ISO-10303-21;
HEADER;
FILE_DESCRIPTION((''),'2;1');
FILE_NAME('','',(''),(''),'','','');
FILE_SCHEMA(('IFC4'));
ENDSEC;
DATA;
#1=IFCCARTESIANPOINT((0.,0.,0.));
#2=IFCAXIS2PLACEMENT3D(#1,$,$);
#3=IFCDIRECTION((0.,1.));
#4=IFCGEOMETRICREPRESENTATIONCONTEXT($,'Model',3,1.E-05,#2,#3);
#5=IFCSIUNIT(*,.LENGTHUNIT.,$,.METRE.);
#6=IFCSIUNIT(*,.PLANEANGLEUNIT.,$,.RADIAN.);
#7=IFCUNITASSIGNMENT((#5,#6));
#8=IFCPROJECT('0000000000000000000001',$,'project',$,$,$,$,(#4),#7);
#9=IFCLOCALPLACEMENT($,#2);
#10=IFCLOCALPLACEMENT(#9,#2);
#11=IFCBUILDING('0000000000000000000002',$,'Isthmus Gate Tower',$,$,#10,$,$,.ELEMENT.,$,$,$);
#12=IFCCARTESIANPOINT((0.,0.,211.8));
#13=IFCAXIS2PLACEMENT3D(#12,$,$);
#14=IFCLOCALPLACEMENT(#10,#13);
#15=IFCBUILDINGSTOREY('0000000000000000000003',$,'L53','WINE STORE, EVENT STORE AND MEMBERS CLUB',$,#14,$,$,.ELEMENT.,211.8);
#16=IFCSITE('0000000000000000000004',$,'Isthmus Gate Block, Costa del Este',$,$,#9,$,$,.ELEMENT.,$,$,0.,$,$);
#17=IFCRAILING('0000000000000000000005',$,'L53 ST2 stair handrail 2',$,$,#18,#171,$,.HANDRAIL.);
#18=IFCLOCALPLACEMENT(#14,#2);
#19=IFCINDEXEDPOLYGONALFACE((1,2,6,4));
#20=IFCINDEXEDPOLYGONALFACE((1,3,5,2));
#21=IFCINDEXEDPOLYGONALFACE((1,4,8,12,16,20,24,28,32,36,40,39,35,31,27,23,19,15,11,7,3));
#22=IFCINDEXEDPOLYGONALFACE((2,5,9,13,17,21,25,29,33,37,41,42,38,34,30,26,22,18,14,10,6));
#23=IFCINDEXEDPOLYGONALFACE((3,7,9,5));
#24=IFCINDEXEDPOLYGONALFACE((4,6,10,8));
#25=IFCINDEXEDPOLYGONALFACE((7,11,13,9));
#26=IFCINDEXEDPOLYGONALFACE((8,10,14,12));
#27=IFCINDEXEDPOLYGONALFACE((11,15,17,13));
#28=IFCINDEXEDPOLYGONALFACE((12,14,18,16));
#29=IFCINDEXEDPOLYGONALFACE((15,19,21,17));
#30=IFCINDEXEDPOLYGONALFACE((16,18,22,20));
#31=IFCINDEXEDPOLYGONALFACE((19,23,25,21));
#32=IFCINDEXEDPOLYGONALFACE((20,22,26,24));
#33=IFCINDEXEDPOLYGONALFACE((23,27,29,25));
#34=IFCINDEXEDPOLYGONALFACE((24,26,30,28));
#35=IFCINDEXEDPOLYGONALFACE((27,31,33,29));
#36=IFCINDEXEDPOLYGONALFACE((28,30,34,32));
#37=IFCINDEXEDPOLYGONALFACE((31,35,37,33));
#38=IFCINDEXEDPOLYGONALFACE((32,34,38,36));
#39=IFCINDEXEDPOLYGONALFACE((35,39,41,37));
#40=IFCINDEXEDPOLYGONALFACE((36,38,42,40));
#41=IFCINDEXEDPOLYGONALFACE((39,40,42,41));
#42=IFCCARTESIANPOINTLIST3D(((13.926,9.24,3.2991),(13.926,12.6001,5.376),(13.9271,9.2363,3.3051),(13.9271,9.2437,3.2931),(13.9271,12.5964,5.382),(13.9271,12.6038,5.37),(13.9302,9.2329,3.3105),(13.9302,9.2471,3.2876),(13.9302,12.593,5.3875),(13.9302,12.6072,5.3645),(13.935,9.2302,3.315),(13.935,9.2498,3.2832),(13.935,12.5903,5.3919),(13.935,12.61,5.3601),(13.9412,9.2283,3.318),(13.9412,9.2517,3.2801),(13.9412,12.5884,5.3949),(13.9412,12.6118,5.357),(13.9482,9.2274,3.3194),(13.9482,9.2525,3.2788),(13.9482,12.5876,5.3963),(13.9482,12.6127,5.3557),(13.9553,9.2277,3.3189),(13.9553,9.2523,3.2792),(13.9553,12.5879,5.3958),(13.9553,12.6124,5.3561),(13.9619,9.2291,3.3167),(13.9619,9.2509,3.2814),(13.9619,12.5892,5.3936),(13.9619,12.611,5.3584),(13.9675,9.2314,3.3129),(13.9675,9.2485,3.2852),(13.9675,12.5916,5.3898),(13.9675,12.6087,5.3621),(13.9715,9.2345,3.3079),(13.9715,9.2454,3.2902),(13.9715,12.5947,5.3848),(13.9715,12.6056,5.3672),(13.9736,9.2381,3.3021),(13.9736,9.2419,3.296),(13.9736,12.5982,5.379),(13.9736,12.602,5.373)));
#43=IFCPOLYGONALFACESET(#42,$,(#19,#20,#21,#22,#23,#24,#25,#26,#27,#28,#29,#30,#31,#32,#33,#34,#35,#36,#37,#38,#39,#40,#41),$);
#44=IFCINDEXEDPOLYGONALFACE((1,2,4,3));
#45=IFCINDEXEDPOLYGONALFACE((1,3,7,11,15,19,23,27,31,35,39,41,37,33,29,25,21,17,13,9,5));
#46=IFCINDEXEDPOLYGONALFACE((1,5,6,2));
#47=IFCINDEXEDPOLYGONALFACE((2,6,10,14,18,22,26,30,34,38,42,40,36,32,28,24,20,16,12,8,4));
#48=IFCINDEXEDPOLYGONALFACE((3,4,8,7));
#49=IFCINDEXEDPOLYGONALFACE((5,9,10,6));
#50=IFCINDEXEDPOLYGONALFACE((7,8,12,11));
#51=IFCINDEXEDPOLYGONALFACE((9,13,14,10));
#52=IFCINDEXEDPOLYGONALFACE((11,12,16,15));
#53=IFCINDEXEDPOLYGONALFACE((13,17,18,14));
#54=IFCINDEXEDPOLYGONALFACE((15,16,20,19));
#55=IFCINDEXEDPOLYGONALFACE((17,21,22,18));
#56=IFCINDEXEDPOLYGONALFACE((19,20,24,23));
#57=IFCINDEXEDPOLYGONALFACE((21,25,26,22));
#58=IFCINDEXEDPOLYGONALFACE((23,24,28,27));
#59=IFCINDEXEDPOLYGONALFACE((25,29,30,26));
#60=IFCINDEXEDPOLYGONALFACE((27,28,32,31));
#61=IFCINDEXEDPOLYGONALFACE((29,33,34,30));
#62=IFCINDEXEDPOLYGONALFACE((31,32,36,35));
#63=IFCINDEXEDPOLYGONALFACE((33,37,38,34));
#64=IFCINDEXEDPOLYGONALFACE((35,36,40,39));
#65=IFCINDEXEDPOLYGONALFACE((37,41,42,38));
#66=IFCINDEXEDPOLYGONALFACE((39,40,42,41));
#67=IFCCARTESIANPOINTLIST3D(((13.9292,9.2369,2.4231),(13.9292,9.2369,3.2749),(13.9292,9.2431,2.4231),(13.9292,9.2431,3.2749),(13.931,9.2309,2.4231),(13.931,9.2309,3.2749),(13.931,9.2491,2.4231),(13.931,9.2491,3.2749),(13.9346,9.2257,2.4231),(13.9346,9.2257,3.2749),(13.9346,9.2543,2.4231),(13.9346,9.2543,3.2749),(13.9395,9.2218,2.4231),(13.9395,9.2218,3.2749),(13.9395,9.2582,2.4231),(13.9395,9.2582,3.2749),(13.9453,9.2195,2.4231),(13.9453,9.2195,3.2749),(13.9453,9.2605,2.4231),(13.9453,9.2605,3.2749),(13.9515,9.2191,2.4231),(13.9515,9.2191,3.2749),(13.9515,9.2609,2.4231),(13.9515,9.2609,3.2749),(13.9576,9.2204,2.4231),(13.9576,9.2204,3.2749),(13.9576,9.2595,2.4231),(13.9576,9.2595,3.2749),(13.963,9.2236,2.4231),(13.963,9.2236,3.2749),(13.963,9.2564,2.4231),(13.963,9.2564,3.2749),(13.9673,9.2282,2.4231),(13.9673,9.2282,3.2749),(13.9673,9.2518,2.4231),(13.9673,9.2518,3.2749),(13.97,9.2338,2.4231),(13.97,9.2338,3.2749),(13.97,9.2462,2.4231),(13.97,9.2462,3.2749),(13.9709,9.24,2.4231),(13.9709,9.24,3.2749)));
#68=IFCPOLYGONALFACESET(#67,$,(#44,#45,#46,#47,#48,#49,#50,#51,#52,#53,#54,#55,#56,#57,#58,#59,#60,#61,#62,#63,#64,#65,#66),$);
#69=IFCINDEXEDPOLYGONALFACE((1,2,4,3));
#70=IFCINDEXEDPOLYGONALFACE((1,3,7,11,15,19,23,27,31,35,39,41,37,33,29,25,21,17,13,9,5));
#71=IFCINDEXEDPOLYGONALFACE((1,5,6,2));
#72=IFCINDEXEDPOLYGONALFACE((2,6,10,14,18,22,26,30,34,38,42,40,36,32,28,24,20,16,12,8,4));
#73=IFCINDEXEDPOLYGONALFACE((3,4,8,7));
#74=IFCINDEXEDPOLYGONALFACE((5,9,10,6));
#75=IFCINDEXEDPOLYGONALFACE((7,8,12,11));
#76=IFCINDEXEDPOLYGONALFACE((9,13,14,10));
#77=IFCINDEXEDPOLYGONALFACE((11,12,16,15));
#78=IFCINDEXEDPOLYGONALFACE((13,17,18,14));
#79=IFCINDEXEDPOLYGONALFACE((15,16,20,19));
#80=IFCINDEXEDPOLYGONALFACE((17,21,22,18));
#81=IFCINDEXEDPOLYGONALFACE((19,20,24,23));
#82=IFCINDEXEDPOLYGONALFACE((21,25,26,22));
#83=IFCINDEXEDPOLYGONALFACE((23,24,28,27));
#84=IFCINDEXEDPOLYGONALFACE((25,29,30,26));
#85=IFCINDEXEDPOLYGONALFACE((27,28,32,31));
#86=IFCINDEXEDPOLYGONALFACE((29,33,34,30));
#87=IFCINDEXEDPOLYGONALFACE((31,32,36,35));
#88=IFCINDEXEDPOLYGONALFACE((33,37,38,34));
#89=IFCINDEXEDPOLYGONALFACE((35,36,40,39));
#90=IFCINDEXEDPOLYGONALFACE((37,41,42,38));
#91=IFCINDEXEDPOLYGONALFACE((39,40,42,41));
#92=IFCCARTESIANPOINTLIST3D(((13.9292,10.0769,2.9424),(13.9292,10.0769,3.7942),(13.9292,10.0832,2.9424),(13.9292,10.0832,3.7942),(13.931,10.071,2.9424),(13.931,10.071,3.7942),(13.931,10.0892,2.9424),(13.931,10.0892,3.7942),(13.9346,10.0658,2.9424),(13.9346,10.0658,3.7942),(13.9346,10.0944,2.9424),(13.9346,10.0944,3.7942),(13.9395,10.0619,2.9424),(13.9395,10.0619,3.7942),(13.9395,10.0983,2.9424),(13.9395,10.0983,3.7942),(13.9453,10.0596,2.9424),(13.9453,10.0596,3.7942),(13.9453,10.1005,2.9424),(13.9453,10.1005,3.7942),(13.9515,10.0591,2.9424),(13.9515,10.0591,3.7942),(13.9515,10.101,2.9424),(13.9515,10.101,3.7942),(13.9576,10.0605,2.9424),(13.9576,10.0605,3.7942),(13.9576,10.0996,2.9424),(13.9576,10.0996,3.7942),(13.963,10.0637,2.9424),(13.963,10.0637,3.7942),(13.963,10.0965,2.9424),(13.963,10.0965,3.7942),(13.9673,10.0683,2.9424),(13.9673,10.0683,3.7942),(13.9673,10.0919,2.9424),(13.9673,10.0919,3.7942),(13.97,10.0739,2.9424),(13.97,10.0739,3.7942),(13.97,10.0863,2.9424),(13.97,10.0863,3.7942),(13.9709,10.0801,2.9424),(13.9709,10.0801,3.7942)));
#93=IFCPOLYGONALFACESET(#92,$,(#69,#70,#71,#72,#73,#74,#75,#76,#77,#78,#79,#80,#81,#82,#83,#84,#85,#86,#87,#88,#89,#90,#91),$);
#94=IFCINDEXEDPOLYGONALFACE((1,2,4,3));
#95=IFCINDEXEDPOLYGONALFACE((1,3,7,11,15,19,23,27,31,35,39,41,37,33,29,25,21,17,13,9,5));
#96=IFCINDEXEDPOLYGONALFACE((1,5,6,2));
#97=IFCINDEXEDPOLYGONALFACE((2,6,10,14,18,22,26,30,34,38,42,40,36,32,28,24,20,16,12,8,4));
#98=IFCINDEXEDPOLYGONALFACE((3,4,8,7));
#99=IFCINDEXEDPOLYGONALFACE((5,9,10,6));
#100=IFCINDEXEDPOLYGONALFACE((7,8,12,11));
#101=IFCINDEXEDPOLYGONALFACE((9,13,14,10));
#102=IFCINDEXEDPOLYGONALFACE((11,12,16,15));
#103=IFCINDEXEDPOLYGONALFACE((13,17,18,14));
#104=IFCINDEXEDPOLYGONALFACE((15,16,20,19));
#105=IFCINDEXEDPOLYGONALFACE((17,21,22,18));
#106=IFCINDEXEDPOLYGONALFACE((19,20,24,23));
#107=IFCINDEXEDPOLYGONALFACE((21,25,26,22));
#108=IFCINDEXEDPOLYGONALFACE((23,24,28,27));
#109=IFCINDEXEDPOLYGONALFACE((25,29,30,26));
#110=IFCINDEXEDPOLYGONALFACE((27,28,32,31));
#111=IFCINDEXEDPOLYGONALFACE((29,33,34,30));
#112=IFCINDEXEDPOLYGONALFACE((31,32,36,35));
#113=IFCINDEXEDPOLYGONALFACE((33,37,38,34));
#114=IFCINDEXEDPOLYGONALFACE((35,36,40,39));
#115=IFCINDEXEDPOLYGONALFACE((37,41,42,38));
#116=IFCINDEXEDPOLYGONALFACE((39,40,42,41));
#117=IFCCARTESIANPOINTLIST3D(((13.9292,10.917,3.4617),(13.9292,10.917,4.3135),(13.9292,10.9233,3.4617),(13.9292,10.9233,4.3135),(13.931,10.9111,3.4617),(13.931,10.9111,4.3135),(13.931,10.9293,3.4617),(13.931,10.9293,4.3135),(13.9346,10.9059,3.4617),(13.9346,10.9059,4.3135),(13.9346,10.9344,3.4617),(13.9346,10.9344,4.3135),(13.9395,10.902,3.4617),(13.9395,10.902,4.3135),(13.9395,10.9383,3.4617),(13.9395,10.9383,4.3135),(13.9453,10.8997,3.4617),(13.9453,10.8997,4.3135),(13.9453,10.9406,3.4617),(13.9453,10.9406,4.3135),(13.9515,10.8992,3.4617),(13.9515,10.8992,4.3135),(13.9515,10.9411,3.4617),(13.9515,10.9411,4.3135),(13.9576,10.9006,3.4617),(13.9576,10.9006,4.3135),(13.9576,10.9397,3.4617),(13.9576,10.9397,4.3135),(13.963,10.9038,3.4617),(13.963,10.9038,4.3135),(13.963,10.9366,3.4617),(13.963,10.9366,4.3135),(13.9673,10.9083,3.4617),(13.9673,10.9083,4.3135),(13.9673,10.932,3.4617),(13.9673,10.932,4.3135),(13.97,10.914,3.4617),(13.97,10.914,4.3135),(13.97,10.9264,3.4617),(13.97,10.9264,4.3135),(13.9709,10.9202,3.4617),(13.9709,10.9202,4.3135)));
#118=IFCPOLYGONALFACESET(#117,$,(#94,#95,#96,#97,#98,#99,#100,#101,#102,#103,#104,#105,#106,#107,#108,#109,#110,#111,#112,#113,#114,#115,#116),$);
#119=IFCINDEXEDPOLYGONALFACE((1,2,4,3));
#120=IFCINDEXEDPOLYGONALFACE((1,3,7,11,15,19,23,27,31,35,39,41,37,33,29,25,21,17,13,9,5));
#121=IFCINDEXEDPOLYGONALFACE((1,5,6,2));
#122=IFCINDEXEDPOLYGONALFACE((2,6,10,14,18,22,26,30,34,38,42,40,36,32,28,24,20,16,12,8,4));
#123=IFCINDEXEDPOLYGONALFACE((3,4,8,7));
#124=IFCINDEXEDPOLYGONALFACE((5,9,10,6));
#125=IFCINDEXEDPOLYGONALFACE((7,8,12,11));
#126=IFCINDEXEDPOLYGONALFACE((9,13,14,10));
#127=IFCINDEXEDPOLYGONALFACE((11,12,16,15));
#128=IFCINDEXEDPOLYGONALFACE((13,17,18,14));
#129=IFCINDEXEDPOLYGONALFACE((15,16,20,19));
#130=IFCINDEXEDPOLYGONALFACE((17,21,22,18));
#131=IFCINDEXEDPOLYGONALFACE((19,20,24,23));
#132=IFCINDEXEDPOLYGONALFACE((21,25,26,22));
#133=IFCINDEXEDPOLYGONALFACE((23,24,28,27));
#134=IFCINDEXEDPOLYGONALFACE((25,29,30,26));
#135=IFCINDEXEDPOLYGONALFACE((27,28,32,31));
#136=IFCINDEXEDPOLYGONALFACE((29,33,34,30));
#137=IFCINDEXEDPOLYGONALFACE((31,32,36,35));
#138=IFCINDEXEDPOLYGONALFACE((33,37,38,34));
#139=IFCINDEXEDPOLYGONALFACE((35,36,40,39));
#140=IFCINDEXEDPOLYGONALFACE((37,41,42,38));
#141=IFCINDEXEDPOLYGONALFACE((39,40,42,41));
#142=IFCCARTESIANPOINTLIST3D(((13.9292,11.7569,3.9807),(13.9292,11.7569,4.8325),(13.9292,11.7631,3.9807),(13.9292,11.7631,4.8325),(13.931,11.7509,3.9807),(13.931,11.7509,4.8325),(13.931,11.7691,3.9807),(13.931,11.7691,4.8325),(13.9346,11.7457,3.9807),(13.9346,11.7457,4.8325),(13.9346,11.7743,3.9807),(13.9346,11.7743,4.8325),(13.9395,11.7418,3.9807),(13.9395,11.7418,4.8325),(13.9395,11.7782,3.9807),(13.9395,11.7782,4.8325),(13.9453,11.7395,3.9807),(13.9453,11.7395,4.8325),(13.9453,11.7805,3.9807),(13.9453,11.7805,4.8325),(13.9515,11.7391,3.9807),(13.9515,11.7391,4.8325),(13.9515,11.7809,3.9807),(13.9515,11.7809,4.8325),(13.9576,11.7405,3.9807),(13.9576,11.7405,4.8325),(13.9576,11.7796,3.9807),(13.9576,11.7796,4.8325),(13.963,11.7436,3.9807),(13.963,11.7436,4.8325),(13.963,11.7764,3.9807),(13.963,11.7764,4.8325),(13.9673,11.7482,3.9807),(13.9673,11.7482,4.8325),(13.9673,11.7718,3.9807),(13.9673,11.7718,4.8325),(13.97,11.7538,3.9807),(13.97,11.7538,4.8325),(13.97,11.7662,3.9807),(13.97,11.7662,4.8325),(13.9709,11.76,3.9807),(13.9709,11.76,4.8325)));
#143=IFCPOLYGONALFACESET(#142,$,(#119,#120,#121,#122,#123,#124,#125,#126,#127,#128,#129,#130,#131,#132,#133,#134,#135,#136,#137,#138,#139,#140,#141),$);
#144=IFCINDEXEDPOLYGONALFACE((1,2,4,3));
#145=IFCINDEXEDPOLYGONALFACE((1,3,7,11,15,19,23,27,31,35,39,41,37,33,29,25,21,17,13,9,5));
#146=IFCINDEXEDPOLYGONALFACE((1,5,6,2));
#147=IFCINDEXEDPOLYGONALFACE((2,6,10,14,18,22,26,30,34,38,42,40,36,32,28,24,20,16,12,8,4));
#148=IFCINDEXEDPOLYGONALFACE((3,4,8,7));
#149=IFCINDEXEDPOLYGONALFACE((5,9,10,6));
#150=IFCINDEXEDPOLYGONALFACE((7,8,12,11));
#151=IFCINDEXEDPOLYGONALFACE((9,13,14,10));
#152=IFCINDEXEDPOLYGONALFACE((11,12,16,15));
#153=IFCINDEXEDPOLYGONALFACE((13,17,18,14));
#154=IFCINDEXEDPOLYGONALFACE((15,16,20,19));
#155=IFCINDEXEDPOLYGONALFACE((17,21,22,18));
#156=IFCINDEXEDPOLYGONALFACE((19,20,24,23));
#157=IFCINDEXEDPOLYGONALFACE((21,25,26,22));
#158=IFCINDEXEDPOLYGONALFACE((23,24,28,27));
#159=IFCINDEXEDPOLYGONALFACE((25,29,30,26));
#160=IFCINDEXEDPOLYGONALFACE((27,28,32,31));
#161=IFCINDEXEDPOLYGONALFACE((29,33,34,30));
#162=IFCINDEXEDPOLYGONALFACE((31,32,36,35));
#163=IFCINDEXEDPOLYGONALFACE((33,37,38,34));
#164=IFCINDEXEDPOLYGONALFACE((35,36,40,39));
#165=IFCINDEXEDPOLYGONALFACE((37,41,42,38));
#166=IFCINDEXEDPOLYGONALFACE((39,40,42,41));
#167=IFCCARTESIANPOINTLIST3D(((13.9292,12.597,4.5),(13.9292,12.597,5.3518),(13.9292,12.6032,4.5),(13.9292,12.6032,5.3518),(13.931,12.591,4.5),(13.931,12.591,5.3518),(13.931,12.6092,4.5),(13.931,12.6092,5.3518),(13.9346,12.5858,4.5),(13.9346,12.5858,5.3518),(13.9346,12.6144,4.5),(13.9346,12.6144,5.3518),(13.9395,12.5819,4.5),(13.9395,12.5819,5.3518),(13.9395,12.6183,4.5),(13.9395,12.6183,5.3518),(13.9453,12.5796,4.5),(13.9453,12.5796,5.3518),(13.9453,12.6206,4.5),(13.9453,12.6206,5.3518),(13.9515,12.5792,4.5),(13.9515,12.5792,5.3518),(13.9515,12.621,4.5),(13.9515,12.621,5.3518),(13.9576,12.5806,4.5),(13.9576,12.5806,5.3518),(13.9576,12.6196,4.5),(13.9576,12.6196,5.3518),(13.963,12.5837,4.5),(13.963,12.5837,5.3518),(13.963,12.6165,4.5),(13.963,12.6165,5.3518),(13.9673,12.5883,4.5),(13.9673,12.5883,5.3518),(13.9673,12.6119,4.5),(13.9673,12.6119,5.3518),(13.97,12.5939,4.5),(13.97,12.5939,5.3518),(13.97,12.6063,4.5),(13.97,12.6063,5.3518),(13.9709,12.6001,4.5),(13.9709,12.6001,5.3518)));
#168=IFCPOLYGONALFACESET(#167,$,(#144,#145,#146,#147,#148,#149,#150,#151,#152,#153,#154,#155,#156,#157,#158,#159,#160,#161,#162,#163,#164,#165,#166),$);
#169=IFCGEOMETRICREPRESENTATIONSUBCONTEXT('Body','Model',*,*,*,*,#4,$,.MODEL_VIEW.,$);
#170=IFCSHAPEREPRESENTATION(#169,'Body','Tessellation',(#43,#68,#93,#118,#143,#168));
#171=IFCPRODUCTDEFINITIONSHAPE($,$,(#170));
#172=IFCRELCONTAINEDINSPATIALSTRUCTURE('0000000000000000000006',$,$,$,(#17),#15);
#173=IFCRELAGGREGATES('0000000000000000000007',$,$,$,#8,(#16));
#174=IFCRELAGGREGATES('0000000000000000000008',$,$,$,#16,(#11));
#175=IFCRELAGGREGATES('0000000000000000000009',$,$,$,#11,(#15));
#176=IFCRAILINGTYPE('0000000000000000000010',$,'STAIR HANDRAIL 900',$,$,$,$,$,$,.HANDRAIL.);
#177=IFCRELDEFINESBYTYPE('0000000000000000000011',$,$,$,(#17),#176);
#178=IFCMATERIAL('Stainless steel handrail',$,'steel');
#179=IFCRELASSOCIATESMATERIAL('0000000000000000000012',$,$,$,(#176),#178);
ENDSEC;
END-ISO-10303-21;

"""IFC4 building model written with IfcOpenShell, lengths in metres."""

from ifc_helpers import new_model, si_unit, direction, frame, origin, origin_2d, place, context, subcontext, project, spatial, circle, extrude, material, type_object, element, save


model = new_model("IFC4")

# Units and contexts
model_context = context("Model", 3, precision=1e-05, world=origin(), true_north=direction((0.0, 1.0)))
body_context = subcontext(model_context, "Body", "Model", "MODEL_VIEW")
ifc_project = project(units=[si_unit("LENGTHUNIT", "METRE"), si_unit("PLANEANGLEUNIT", "RADIAN")], contexts=[model_context])

# Site, building, storey
site_placement = place(None, origin())
site = spatial("IfcSite", under=ifc_project, at=site_placement, Name="Isthmus Gate Block, Costa del Este", CompositionType="ELEMENT", RefElevation=0.0)
building_placement = place(site_placement, origin())
building = spatial("IfcBuilding", under=site, at=building_placement, Name="Isthmus Gate Tower", CompositionType="ELEMENT")
storey_placement = place(building_placement, frame((0.0, 0.0, 211.8)))
storey = spatial("IfcBuildingStorey", under=building, at=storey_placement, Name="L53", Description="WINE STORE, EVENT STORE AND MEMBERS CLUB", CompositionType="ELEMENT", Elevation=211.8)

# Railing
ifc_material_1 = material(Name="Stainless steel handrail", Category="steel")
railing_type_1 = type_object("IfcRailingType", Name="STAIR HANDRAIL 900", PredefinedType="HANDRAIL", material=ifc_material_1)
for number, where, name in (
    (1, (13.95, 9.24, 2.4231), "L53 ST2 stair handrail 2"),
):
    element("IfcRailing", number, at=place(storey_placement, frame(where)), inside=storey, type_object=railing_type_1, Name=name, PredefinedType="HANDRAIL", context=body_context, shape_type="SweptSolid", body=[
        extrude(circle(Radius=0.0239, at=origin_2d()), frame((0.0, 0.0, 0.876), z_axis=(0.0, 0.850623, 0.525776), x_axis=(-1.0, 0.0, 0.0)), (0.0, 0.0, 1.0), 3.9502),
        extrude(circle(Radius=0.021, at=origin_2d()), origin(), (0.0, 0.0, 1.0), 0.8518),
        extrude(circle(Radius=0.021, at=origin_2d()), frame((0.0, 0.8401, 0.5193)), (0.0, 0.0, 1.0), 0.8518),
        extrude(circle(Radius=0.021, at=origin_2d()), frame((0.0, 1.6802, 1.0386)), (0.0, 0.0, 1.0), 0.8518),
        extrude(circle(Radius=0.021, at=origin_2d()), frame((0.0, 2.52, 1.5576)), (0.0, 0.0, 1.0), 0.8518),
        extrude(circle(Radius=0.021, at=origin_2d()), frame((0.0, 3.3601, 2.0769)), (0.0, 0.0, 1.0), 0.8518),
    ])

save(model, "model.ifc")
